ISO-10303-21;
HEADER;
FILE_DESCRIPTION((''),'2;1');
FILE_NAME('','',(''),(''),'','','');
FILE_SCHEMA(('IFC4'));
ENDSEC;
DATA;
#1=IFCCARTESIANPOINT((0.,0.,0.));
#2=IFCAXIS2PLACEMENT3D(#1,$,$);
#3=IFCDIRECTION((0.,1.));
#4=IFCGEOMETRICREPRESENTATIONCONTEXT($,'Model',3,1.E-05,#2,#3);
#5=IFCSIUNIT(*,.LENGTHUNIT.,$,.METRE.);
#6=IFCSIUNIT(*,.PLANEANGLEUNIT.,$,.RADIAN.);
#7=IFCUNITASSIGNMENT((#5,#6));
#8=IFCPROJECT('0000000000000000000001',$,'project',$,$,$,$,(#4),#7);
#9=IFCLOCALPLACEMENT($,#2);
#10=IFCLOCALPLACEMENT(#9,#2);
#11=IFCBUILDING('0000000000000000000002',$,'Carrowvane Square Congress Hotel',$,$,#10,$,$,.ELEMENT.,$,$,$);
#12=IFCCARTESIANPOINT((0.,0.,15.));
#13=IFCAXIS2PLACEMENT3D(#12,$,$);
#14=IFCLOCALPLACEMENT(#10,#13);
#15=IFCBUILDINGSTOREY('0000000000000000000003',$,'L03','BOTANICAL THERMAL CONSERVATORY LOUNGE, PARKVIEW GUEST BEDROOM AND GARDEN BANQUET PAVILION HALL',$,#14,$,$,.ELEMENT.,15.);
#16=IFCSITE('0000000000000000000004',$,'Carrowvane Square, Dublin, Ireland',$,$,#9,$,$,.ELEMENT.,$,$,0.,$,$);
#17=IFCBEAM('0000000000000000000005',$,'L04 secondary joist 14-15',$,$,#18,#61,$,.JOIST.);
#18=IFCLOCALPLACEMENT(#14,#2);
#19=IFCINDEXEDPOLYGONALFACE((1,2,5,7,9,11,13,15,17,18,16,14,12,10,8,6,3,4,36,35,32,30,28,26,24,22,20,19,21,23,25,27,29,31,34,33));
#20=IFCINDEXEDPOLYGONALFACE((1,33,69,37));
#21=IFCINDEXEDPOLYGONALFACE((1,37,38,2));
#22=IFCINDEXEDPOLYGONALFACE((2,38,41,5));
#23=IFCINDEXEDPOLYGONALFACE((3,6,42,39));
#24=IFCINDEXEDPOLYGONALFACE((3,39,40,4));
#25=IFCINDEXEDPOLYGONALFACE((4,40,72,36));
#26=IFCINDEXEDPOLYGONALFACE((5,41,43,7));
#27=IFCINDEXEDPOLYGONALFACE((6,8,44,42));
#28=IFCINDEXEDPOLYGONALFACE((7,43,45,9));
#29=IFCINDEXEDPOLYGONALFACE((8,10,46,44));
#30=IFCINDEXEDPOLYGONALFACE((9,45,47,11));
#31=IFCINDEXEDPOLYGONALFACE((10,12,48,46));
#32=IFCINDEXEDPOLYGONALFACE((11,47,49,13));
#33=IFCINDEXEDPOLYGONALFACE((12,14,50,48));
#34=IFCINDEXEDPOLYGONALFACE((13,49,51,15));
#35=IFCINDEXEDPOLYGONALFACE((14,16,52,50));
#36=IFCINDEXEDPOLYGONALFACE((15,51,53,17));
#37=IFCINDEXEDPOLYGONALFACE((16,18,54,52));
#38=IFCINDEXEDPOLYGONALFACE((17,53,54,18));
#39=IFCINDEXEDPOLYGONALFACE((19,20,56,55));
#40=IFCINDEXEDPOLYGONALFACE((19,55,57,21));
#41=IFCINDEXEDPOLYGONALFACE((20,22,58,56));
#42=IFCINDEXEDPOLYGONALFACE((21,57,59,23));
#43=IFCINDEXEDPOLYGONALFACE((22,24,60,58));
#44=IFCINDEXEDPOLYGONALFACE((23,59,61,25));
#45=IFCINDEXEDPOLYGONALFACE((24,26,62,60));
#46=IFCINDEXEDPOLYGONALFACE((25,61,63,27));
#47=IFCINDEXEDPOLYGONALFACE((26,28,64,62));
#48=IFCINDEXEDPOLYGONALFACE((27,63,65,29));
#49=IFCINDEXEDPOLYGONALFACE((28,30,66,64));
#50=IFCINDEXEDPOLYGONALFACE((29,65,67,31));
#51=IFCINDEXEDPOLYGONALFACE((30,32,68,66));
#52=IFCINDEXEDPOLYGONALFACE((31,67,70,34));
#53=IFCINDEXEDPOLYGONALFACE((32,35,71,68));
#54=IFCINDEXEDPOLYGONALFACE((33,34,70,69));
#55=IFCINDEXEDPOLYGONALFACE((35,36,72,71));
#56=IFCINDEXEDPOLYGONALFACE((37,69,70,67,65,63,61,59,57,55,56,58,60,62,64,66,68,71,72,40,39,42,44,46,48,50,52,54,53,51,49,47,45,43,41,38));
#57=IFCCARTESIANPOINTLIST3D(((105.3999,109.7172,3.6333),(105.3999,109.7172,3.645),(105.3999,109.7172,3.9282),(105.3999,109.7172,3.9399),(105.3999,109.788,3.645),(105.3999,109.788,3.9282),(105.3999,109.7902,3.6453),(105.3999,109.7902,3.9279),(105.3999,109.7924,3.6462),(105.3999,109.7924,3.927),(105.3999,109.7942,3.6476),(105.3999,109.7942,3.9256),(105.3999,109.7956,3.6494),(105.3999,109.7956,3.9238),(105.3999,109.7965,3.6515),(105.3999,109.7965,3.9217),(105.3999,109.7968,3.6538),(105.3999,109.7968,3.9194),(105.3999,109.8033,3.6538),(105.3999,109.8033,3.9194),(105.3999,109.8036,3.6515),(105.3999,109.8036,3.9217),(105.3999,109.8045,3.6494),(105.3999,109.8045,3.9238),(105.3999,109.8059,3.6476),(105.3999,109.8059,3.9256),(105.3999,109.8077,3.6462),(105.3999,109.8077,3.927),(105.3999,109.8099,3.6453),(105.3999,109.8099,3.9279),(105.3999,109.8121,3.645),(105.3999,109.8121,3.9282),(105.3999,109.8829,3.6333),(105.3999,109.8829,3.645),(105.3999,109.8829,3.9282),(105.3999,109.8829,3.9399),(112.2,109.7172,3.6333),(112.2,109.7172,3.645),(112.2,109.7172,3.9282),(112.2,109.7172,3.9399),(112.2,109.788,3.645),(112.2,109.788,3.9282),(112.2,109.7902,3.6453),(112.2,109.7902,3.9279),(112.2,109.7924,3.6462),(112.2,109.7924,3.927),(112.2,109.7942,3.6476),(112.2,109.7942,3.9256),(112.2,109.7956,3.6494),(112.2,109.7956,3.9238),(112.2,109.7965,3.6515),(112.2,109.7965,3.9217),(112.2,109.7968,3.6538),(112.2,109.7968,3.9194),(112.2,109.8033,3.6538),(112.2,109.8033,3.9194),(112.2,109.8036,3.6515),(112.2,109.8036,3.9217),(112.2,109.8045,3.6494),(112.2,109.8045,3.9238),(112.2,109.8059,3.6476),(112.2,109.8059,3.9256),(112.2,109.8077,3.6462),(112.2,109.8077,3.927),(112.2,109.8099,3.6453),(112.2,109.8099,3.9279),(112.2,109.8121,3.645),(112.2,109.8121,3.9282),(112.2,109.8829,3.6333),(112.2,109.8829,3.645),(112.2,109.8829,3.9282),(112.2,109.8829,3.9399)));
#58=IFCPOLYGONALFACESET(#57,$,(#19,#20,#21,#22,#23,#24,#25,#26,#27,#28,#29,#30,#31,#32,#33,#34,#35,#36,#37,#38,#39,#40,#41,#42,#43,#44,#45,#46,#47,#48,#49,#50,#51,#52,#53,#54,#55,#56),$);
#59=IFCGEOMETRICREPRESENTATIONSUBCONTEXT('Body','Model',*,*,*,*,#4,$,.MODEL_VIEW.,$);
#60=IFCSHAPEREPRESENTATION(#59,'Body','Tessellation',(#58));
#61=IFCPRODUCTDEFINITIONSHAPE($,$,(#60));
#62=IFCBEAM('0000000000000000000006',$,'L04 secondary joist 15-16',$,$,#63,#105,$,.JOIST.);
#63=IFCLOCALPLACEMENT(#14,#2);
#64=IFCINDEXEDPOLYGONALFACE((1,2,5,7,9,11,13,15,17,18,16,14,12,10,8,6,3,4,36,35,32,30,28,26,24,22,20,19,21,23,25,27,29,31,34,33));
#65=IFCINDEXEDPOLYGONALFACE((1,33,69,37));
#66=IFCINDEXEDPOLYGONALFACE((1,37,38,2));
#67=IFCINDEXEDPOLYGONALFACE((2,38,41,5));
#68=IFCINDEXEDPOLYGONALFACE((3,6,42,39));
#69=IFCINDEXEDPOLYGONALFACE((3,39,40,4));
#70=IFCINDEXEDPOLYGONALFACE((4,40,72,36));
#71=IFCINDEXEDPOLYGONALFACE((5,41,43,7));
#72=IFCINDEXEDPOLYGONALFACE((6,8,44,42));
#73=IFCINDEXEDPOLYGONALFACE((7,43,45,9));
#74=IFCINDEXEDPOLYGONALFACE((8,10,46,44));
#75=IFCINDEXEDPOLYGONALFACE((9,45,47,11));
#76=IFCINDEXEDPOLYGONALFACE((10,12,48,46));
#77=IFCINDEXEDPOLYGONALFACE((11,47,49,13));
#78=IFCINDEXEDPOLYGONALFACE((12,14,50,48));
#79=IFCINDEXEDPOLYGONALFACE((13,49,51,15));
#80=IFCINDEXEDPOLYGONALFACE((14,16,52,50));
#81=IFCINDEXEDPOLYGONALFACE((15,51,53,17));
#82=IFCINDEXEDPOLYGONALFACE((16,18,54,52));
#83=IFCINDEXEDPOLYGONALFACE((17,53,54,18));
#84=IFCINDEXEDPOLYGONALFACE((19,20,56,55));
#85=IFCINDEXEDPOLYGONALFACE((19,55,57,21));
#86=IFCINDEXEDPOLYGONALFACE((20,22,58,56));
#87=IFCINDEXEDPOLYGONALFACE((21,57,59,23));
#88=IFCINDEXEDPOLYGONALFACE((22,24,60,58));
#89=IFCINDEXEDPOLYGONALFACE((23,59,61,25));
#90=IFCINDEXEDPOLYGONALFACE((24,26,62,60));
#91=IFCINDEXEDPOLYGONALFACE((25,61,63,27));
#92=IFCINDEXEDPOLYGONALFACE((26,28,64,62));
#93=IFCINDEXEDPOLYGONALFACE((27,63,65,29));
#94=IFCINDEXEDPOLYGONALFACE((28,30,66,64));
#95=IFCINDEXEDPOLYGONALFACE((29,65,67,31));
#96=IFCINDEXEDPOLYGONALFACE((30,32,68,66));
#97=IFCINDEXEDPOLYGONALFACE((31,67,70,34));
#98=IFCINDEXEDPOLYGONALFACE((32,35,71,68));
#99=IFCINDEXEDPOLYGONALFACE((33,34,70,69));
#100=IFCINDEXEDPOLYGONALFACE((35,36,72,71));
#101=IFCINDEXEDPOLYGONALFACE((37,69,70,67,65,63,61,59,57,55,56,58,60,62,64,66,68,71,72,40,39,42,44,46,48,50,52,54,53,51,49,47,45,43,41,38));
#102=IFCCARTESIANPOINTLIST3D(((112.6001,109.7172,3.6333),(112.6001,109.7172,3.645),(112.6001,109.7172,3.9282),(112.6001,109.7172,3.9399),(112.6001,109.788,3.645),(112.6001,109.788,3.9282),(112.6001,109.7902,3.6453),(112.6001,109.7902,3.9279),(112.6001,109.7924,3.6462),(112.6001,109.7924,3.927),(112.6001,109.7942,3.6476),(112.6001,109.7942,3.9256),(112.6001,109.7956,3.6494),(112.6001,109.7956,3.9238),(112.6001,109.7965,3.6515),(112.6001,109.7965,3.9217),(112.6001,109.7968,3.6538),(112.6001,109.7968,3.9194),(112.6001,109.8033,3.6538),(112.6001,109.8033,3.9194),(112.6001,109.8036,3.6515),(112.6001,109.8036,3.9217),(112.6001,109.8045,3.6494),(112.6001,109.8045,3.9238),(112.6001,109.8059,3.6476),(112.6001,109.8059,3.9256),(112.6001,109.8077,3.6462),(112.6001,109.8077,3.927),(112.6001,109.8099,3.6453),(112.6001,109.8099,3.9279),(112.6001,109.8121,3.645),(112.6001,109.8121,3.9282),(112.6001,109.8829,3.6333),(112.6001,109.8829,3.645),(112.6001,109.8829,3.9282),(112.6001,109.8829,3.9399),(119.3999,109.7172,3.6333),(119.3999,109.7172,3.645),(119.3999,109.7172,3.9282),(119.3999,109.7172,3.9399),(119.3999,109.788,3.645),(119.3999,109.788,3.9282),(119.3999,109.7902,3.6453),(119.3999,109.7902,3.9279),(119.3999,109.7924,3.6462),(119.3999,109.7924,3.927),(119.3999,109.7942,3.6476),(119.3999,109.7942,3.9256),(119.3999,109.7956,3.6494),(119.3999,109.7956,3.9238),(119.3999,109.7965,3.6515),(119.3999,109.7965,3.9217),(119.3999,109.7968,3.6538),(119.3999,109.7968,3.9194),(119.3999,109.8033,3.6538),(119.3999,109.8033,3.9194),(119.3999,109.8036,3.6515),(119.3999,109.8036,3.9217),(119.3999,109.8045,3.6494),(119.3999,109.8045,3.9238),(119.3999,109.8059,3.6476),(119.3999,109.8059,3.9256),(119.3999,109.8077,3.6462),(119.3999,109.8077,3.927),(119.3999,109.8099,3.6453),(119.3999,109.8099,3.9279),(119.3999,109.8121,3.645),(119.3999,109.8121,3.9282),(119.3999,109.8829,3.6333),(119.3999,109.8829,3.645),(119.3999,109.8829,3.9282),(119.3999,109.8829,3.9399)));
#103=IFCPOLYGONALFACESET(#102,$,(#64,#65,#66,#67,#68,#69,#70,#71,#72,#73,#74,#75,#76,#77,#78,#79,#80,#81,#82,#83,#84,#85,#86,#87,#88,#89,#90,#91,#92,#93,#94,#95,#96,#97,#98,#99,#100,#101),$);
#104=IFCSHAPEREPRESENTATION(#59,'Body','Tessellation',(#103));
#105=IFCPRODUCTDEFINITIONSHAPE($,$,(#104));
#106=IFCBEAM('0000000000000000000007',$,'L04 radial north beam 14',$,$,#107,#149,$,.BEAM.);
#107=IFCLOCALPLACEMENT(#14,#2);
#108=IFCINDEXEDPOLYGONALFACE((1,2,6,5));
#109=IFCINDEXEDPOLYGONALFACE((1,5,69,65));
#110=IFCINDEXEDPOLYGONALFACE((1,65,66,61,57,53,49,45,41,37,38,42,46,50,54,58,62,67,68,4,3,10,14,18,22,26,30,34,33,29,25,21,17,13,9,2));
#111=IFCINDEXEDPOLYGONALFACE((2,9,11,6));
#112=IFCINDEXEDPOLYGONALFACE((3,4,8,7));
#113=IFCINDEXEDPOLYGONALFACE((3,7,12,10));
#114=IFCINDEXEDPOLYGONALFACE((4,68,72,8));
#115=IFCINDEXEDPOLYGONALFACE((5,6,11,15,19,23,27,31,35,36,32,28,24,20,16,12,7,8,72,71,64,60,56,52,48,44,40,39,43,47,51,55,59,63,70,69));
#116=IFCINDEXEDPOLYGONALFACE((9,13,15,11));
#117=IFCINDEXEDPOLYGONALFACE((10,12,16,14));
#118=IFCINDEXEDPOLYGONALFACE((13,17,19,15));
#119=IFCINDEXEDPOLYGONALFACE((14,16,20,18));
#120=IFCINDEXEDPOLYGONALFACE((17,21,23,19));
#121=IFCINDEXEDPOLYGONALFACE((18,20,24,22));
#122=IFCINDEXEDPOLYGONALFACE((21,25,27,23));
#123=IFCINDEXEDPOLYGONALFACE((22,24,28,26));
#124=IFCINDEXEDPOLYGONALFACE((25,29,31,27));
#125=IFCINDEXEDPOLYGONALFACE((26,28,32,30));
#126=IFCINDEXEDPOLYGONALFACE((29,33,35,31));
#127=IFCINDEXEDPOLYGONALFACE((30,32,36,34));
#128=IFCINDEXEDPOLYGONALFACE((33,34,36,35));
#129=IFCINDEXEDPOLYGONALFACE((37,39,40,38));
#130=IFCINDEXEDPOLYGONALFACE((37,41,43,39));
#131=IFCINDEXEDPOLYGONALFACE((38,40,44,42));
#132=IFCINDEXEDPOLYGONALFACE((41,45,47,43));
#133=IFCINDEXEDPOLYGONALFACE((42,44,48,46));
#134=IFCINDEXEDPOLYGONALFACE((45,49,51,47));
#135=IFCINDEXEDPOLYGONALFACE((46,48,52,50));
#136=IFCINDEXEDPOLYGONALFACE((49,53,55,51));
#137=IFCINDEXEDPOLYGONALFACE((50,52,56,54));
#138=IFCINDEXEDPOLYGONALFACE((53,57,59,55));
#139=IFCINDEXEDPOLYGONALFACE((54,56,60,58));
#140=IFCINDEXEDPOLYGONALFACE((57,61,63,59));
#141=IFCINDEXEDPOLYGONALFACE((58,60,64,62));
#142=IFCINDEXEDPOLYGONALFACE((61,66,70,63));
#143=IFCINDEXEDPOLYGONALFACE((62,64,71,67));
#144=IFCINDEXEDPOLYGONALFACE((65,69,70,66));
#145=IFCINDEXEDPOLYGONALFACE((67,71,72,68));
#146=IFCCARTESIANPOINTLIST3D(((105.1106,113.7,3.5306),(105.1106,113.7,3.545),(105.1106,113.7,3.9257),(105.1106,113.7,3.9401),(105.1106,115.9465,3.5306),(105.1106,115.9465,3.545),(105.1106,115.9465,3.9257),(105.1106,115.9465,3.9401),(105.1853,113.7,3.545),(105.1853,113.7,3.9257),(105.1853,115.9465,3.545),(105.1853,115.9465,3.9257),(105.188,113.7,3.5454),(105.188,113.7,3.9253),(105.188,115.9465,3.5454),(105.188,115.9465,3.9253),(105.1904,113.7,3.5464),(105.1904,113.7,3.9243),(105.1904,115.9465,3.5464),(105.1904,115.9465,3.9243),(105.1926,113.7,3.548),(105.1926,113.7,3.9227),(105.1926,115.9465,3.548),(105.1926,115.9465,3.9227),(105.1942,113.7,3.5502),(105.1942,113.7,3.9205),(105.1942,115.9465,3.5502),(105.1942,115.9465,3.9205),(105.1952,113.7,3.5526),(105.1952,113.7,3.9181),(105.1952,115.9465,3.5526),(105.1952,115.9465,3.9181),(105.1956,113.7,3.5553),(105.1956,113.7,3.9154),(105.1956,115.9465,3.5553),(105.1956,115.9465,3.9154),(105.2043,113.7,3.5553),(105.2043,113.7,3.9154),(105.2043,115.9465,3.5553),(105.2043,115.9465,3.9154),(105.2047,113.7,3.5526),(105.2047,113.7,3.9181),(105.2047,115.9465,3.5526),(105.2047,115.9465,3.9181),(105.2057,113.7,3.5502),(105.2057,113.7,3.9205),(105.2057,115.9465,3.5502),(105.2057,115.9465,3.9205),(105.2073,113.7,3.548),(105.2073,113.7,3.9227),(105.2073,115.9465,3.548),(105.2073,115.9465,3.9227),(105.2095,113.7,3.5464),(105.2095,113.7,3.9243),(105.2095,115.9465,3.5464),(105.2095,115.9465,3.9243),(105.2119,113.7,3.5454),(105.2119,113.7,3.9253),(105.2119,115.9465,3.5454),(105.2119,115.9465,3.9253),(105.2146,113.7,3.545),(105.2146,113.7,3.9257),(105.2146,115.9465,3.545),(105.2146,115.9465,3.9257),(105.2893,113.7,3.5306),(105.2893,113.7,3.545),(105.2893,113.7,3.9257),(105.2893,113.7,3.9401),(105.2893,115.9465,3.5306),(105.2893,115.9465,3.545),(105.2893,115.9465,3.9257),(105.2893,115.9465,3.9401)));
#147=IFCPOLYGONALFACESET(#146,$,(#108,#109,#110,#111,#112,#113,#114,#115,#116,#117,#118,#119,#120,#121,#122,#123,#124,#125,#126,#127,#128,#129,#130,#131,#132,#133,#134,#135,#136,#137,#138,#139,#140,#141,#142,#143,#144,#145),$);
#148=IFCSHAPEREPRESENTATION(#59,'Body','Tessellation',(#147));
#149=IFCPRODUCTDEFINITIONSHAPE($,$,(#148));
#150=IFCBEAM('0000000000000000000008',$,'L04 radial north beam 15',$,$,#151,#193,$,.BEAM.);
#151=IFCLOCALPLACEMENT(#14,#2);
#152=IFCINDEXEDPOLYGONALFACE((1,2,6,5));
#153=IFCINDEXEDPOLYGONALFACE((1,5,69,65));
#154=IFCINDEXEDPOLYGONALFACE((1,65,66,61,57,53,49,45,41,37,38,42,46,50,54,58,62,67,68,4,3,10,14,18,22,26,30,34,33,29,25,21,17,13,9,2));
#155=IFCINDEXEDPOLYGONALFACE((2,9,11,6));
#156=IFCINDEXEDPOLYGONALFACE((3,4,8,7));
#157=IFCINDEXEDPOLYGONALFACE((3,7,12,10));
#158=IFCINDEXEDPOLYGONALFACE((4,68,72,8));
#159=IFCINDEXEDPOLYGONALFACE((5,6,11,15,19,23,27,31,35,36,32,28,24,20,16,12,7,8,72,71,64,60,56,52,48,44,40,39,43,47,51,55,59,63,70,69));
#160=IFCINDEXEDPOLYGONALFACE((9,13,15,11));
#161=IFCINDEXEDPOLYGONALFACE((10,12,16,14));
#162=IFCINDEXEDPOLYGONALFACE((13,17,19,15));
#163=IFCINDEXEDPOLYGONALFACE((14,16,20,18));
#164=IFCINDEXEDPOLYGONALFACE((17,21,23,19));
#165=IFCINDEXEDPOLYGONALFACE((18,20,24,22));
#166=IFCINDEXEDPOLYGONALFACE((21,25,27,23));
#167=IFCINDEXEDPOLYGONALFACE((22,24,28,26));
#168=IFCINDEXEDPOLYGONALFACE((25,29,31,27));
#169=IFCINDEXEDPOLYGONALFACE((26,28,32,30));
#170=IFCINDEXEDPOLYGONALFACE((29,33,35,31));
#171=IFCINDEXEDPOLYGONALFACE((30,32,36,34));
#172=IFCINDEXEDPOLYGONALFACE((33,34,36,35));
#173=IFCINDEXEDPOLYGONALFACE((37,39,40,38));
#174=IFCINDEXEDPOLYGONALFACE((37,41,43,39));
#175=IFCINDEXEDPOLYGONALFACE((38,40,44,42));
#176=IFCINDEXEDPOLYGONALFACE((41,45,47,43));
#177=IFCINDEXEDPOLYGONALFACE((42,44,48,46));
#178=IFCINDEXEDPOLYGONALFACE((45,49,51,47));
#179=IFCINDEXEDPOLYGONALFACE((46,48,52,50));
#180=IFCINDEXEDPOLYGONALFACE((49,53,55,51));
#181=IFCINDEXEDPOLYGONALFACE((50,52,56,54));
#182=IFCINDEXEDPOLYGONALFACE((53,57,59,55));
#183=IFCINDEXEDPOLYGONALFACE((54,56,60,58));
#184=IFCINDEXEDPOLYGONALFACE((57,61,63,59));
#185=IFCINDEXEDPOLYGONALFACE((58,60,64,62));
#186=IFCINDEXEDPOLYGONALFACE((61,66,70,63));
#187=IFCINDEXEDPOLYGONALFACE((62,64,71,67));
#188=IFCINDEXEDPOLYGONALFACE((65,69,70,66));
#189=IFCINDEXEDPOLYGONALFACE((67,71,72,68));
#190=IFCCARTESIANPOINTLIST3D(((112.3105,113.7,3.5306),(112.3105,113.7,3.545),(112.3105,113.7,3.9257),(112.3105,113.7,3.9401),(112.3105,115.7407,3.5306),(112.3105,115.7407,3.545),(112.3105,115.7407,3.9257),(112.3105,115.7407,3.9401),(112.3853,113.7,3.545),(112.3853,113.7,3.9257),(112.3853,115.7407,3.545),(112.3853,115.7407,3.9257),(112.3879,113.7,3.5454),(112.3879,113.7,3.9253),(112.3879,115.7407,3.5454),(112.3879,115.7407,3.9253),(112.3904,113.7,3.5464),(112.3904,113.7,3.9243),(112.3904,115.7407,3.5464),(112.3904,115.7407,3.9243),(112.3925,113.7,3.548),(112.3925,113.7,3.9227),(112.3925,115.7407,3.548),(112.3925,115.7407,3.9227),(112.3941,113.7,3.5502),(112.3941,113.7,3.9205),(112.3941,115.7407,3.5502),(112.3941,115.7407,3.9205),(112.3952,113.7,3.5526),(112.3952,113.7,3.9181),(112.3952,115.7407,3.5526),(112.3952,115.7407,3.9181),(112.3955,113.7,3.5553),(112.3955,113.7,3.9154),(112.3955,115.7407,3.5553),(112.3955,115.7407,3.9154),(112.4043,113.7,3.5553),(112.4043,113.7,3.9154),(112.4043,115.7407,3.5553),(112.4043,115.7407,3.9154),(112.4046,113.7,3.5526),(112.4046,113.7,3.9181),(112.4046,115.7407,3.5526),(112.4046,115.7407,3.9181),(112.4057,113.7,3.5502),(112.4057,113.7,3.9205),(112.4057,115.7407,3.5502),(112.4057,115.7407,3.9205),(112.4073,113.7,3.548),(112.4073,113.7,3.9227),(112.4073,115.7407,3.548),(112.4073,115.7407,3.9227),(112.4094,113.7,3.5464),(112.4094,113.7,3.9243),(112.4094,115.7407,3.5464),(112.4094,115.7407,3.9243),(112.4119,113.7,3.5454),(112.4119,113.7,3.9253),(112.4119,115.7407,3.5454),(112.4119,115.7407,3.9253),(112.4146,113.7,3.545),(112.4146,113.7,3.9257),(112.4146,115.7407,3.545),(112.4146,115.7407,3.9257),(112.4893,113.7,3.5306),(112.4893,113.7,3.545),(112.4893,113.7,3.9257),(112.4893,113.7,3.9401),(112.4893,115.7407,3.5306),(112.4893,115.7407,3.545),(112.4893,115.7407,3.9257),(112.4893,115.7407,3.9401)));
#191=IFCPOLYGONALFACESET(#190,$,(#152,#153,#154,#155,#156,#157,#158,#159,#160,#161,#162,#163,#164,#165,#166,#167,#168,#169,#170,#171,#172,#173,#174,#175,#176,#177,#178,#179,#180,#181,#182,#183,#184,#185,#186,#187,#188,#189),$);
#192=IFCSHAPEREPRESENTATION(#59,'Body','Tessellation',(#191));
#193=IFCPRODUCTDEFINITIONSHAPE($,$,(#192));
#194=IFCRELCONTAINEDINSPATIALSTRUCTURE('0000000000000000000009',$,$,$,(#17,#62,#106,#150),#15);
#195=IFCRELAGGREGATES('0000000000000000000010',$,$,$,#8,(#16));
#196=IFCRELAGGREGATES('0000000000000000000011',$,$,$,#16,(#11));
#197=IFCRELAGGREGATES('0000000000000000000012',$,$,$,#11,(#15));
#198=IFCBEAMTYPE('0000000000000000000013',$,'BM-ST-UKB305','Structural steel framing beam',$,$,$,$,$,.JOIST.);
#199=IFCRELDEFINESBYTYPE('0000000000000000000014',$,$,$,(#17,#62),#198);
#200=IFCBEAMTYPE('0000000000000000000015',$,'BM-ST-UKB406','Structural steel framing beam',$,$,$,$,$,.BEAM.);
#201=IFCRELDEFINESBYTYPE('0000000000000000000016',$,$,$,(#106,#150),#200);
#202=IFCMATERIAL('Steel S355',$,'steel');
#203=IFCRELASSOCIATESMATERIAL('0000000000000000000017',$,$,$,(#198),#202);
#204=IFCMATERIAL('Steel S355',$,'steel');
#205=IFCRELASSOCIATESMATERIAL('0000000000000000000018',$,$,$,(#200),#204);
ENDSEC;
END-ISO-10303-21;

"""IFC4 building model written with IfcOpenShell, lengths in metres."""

from ifc_helpers import new_model, si_unit, direction, frame, origin, origin_2d, place, context, subcontext, project, spatial, i_section, extrude, material, material_profile, profile_set, type_object, element, save


model = new_model("IFC4")

# Units and contexts
model_context = context("Model", 3, precision=1e-05, world=origin(), true_north=direction((0.0, 1.0)))
body_context = subcontext(model_context, "Body", "Model", "MODEL_VIEW")
ifc_project = project(units=[si_unit("LENGTHUNIT", "METRE"), si_unit("PLANEANGLEUNIT", "RADIAN")], contexts=[model_context])

# Site, building, storey
site_placement = place(None, origin())
site = spatial("IfcSite", under=ifc_project, at=site_placement, Name="Carrowvane Square, Dublin, Ireland", CompositionType="ELEMENT", RefElevation=0.0)
building_placement = place(site_placement, origin())
building = spatial("IfcBuilding", under=site, at=building_placement, Name="Carrowvane Square Congress Hotel", CompositionType="ELEMENT")
storey_placement = place(building_placement, frame((0.0, 0.0, 15.0)))
storey = spatial("IfcBuildingStorey", under=building, at=storey_placement, Name="L03", Description="BOTANICAL THERMAL CONSERVATORY LOUNGE, PARKVIEW GUEST BEDROOM AND GARDEN BANQUET PAVILION HALL", CompositionType="ELEMENT", Elevation=15.0)

# Beams
ifc_material_1 = material(Name="Steel S355", Category="steel")
ifc_material_profile_1 = material_profile(ifc_material_1, i_section(OverallWidth=0.1658, OverallDepth=0.3066, WebThickness=0.0066, FlangeThickness=0.0117, FilletRadius=0.0088, at=origin_2d()), Name="UKB 305x165x46")
ifc_profile_set_1 = profile_set([ifc_material_profile_1], Name="Steel S355")
beam_type_1 = type_object("IfcBeamType", Name="BM-ST-UKB305", Description="Structural steel framing beam", PredefinedType="JOIST", material=ifc_profile_set_1)
beam_1_placement = place(storey_placement, frame((105.3999, 109.8, 3.7866), z_axis=(1.0, 0.0, 0.0), x_axis=(0.0, 1.0, 0.0)))
element("IfcBeam", 1, at=beam_1_placement, inside=storey, type_object=beam_type_1, Name="L04 secondary joist 14-15", PredefinedType="JOIST", context=body_context, shape_type="SweptSolid", body=[
    extrude(i_section(OverallWidth=0.1658, OverallDepth=0.3066, WebThickness=0.0066, FlangeThickness=0.0117, FilletRadius=0.0088, at=origin_2d()), origin(), (0.0, 0.0, 1.0), 6.8),
])
beam_2_placement = place(storey_placement, frame((112.6001, 109.8, 3.7866), z_axis=(1.0, 0.0, 0.0), x_axis=(0.0, 1.0, 0.0)))
element("IfcBeam", 2, at=beam_2_placement, inside=storey, type_object=beam_type_1, Name="L04 secondary joist 15-16", PredefinedType="JOIST", context=body_context, shape_type="SweptSolid", body=[
    extrude(i_section(OverallWidth=0.1658, OverallDepth=0.3066, WebThickness=0.0066, FlangeThickness=0.0117, FilletRadius=0.0088, at=origin_2d()), origin(), (0.0, 0.0, 1.0), 6.7998),
])
ifc_material_2 = material(Name="Steel S355", Category="steel")
ifc_material_profile_2 = material_profile(ifc_material_2, i_section(OverallWidth=0.1787, OverallDepth=0.4094, WebThickness=0.0088, FlangeThickness=0.0144, FilletRadius=0.0103, at=origin_2d()), Name="UKB 406x178x67")
ifc_profile_set_2 = profile_set([ifc_material_profile_2], Name="Steel S355")
beam_type_2 = type_object("IfcBeamType", Name="BM-ST-UKB406", Description="Structural steel framing beam", PredefinedType="BEAM", material=ifc_profile_set_2)
beam_3_placement = place(storey_placement, frame((105.2, 113.7, 3.7354), z_axis=(0.0, 1.0, 0.0), x_axis=(-1.0, 0.0, 0.0)))
element("IfcBeam", 3, at=beam_3_placement, inside=storey, type_object=beam_type_2, Name="L04 radial north beam 14", PredefinedType="BEAM", context=body_context, shape_type="SweptSolid", body=[
    extrude(i_section(OverallWidth=0.1787, OverallDepth=0.4094, WebThickness=0.0088, FlangeThickness=0.0144, FilletRadius=0.0103, at=origin_2d()), origin(), (0.0, 0.0, 1.0), 2.2466),
])
beam_4_placement = place(storey_placement, frame((112.3999, 113.7, 3.7354), z_axis=(0.0, 1.0, 0.0), x_axis=(-1.0, 0.0, 0.0)))
element("IfcBeam", 4, at=beam_4_placement, inside=storey, type_object=beam_type_2, Name="L04 radial north beam 15", PredefinedType="BEAM", context=body_context, shape_type="SweptSolid", body=[
    extrude(i_section(OverallWidth=0.1787, OverallDepth=0.4094, WebThickness=0.0088, FlangeThickness=0.0144, FilletRadius=0.0103, at=origin_2d()), origin(), (0.0, 0.0, 1.0), 2.0408),
])

save(model, "model.ifc")
